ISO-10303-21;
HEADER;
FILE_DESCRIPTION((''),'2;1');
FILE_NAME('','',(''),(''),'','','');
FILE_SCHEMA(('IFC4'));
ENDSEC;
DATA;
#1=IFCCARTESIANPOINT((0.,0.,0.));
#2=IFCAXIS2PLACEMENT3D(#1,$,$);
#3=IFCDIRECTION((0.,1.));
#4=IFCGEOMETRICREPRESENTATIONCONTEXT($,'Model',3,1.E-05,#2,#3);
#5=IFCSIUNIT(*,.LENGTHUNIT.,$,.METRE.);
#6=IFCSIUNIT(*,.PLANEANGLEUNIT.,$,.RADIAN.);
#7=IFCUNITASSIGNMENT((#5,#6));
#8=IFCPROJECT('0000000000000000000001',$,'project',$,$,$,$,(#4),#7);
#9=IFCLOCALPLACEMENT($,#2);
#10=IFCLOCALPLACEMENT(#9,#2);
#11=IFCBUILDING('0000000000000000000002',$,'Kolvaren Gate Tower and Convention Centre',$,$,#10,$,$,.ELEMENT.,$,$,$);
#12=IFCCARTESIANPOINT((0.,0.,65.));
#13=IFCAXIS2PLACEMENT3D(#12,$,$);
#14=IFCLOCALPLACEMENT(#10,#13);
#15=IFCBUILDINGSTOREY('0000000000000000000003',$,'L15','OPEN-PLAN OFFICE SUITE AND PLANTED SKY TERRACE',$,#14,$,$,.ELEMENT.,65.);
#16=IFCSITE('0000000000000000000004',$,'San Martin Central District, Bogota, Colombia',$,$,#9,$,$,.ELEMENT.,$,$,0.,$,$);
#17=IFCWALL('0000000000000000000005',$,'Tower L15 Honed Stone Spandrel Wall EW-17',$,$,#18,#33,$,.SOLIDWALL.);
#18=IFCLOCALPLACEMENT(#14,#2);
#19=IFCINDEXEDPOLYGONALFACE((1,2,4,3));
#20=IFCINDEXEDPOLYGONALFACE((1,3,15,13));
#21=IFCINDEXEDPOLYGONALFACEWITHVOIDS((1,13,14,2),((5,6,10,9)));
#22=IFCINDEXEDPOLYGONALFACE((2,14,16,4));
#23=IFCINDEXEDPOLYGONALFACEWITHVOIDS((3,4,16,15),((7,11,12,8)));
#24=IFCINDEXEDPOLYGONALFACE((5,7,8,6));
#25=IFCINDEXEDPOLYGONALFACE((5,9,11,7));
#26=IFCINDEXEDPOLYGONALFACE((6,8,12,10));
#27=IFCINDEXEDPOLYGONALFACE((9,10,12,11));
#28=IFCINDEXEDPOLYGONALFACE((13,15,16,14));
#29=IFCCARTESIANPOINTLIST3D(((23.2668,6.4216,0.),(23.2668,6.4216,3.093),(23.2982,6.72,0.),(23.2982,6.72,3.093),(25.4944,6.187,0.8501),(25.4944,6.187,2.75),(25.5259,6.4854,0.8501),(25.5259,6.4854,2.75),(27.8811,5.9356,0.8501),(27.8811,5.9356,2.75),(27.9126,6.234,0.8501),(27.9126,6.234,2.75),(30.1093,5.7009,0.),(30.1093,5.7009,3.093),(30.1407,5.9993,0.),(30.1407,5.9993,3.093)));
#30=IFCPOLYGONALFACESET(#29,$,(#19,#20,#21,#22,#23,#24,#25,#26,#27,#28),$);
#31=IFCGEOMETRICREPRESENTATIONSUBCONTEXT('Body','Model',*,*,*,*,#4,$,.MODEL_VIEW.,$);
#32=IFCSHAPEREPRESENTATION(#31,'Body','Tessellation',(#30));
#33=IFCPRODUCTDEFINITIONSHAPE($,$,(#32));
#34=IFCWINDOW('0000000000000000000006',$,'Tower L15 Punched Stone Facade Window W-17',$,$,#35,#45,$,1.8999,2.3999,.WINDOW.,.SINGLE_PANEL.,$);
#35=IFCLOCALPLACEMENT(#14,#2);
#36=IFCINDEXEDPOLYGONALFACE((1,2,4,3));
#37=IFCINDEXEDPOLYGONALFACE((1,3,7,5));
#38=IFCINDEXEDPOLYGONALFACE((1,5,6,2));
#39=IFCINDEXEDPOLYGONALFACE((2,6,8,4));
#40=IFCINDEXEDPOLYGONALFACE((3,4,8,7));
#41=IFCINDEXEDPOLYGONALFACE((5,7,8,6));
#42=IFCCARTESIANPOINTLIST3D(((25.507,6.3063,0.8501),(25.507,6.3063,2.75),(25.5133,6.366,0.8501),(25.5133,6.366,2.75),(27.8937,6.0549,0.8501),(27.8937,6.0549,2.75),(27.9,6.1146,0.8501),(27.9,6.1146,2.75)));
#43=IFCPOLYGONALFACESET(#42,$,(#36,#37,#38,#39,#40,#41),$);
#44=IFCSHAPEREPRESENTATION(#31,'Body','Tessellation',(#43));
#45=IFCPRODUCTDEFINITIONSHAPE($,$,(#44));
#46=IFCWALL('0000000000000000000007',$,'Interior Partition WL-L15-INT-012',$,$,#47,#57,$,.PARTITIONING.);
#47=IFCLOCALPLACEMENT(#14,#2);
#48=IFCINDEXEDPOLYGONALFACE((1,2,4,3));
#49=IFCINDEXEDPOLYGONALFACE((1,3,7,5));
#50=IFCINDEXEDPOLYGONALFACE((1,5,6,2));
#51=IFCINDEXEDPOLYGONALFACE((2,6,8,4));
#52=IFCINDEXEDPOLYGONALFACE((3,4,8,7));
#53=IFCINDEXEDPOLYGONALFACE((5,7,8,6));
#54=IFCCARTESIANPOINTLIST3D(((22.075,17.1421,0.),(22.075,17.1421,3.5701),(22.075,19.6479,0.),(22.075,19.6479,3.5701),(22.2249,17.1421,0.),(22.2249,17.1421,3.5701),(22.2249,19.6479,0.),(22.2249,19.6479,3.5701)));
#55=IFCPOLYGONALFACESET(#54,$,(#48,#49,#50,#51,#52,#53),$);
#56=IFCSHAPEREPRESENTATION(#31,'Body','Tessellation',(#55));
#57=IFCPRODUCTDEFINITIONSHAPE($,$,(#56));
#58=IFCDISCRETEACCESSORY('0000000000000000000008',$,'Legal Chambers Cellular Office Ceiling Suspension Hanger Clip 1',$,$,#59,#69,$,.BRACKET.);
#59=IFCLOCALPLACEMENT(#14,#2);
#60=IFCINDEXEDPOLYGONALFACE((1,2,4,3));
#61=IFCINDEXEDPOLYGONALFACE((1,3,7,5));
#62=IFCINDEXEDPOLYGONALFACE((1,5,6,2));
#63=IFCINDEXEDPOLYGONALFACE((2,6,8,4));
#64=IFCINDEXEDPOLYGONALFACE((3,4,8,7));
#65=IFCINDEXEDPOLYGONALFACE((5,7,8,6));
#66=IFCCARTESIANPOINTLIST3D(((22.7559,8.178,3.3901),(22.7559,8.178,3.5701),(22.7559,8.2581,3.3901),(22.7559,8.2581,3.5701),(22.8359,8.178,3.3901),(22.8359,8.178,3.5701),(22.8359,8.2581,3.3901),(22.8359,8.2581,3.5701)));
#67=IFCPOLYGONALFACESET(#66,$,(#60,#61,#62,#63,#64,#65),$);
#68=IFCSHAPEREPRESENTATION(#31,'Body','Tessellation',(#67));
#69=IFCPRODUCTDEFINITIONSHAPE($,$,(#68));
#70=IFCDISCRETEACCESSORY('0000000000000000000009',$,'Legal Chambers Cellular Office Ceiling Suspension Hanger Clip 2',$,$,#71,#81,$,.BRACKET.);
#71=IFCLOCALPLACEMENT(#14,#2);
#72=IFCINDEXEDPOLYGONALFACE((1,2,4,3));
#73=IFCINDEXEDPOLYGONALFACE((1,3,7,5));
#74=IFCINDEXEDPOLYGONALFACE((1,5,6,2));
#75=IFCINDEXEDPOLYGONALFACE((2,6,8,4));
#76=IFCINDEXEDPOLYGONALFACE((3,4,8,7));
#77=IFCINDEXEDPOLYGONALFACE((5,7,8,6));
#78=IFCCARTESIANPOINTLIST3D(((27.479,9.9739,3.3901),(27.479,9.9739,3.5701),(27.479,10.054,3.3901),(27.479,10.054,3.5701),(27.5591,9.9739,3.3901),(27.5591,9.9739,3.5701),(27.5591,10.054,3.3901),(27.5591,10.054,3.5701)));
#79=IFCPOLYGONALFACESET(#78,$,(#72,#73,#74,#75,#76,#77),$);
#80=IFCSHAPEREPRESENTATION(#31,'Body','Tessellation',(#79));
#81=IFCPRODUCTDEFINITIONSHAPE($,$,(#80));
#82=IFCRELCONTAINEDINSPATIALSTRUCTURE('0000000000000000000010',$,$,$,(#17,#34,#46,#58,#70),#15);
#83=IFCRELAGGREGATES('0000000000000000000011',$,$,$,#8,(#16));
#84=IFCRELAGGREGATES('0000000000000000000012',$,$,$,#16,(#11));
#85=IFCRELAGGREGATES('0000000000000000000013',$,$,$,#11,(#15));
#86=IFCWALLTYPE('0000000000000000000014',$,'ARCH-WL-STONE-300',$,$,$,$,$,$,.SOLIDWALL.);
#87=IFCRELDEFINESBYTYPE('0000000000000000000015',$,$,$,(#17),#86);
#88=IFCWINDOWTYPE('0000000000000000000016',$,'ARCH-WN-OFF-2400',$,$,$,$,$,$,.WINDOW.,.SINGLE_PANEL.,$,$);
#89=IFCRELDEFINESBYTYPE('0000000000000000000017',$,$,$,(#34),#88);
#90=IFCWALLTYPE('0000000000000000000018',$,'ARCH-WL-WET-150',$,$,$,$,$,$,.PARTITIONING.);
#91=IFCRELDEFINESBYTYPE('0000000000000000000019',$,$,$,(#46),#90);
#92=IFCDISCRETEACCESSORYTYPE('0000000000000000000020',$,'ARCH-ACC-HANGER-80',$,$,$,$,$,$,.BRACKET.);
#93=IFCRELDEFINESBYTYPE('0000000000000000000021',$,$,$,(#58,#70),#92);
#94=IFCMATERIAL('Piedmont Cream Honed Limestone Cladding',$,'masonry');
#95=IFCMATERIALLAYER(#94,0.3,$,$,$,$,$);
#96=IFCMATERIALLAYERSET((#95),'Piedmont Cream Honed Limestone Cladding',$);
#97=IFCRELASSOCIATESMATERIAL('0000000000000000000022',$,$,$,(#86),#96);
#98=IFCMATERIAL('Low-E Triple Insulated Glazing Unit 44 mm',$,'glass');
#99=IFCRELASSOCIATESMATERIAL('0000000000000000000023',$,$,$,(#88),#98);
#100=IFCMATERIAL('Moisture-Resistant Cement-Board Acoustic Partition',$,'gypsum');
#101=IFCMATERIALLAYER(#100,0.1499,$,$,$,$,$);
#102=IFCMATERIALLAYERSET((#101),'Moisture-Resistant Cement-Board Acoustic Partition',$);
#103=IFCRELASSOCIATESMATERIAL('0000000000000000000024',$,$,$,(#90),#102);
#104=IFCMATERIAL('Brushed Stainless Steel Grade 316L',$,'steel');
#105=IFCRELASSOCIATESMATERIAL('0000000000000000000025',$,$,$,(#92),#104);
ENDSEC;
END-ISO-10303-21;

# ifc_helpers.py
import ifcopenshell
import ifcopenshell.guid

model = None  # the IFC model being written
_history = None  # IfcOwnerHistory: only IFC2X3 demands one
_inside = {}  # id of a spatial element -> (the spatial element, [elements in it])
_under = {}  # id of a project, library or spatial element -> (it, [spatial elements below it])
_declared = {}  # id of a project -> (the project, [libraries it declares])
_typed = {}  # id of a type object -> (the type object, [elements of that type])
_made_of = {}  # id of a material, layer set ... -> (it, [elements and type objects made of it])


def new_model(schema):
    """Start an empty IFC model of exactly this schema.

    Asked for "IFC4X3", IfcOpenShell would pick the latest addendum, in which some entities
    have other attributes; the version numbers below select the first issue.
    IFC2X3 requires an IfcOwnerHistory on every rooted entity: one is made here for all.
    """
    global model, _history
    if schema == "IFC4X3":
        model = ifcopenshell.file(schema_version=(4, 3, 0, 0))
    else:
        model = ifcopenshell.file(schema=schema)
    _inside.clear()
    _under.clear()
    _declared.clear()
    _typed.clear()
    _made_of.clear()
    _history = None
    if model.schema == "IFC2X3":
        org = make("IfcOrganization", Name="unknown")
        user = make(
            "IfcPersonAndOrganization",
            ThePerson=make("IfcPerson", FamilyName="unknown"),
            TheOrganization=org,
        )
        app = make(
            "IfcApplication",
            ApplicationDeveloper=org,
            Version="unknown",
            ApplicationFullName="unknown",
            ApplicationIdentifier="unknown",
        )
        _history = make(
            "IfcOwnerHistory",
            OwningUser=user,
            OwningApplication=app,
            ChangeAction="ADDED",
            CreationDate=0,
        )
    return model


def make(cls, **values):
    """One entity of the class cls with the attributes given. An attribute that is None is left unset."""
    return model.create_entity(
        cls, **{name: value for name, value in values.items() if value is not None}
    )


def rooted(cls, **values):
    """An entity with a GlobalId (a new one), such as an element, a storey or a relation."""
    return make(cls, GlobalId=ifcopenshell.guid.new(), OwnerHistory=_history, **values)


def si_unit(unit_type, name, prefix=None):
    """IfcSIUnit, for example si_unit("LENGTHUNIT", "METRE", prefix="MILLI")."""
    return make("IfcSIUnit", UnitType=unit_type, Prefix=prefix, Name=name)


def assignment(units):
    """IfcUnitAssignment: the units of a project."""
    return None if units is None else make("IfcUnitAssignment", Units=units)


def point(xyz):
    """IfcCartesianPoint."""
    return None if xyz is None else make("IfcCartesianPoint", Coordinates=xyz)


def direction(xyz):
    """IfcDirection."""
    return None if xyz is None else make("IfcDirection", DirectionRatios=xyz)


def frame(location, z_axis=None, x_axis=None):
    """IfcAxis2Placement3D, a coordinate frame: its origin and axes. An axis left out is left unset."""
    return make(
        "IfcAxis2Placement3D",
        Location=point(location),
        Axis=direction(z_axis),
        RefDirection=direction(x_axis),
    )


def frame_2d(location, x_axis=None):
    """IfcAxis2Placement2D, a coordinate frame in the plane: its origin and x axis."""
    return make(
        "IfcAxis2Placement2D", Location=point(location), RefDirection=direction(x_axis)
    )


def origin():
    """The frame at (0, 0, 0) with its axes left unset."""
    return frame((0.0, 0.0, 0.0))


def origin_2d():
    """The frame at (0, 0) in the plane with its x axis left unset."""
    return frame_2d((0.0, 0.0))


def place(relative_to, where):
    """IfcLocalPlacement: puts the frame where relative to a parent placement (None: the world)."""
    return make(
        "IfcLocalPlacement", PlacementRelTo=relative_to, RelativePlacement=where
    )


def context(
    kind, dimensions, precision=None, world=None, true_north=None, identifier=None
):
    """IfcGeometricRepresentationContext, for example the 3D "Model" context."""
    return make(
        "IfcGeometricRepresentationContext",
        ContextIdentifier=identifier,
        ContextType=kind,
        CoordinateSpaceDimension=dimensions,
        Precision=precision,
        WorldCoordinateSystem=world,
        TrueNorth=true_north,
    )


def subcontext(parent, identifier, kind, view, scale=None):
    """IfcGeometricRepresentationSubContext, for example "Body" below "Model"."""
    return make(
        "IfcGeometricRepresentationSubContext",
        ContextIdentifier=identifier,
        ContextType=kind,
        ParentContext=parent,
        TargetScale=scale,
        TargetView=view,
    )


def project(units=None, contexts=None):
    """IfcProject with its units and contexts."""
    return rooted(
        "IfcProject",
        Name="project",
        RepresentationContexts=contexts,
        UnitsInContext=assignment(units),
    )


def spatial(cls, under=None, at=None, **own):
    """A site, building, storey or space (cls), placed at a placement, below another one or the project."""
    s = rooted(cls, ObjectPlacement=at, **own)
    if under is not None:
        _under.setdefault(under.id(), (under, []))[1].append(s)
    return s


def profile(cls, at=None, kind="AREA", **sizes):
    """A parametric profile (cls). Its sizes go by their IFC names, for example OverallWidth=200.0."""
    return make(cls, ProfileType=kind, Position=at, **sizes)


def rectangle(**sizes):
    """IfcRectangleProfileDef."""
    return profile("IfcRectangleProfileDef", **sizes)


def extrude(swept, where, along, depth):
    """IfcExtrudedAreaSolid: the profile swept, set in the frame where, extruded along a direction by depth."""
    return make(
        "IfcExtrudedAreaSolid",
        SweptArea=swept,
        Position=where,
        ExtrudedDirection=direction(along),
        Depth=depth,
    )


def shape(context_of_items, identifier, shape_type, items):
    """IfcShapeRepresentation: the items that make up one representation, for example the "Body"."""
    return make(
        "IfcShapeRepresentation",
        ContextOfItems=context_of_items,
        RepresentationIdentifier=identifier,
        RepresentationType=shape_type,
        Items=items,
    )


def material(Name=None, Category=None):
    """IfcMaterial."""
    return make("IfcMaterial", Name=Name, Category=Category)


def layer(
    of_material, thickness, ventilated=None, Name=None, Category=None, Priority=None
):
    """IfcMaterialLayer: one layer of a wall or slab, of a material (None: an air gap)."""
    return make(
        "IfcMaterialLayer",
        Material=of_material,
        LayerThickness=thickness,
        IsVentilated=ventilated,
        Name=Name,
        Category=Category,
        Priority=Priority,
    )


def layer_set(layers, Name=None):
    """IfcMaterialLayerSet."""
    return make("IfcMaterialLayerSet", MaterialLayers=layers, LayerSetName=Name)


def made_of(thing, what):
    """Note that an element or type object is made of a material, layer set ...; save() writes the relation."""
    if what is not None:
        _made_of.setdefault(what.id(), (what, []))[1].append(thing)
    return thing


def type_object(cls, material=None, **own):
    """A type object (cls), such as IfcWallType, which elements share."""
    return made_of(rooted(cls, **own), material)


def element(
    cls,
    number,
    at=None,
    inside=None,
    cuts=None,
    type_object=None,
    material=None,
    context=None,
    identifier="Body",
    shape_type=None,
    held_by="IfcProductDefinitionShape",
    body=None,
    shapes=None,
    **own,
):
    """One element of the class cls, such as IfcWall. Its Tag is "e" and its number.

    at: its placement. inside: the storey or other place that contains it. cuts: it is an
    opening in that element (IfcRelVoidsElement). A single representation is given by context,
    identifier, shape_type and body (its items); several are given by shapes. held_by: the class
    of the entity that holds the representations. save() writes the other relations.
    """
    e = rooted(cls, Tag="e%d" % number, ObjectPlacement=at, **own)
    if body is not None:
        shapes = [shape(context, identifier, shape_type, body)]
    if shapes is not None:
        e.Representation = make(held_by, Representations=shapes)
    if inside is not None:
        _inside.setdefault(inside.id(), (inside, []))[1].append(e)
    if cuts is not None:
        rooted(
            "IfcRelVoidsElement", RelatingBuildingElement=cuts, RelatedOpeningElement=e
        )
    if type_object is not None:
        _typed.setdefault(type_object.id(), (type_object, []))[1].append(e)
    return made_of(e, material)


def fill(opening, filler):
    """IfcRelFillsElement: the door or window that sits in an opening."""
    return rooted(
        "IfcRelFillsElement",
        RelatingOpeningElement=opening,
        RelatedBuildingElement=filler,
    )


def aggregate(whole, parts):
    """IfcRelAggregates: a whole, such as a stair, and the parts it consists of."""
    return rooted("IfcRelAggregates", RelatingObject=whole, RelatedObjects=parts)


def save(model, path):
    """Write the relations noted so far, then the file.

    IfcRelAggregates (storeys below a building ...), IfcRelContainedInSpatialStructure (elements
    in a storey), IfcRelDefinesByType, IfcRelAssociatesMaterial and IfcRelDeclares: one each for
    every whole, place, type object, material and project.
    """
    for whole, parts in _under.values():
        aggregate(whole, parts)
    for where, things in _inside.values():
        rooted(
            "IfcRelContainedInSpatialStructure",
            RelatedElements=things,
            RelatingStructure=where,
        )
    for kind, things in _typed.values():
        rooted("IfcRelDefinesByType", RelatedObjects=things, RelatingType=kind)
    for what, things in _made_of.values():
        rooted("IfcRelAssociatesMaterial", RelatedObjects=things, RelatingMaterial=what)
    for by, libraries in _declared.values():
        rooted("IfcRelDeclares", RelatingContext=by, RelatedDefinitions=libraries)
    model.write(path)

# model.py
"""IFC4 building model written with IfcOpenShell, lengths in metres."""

from ifc_helpers import new_model, si_unit, direction, frame, frame_2d, origin, origin_2d, place, context, subcontext, project, spatial, rectangle, extrude, material, layer, layer_set, type_object, element, fill, save


model = new_model("IFC4")

# Units and contexts
model_context = context("Model", 3, precision=1e-05, world=origin(), true_north=direction((0.0, 1.0)))
body_context = subcontext(model_context, "Body", "Model", "MODEL_VIEW")
ifc_project = project(units=[si_unit("LENGTHUNIT", "METRE"), si_unit("PLANEANGLEUNIT", "RADIAN")], contexts=[model_context])

# Site, building, storey
site_placement = place(None, origin())
site = spatial("IfcSite", under=ifc_project, at=site_placement, Name="San Martin Central District, Bogota, Colombia", CompositionType="ELEMENT", RefElevation=0.0)
building_placement = place(site_placement, origin())
building = spatial("IfcBuilding", under=site, at=building_placement, Name="Kolvaren Gate Tower and Convention Centre", CompositionType="ELEMENT")
storey_placement = place(building_placement, frame((0.0, 0.0, 65.0)))
storey = spatial("IfcBuildingStorey", under=building, at=storey_placement, Name="L15", Description="OPEN-PLAN OFFICE SUITE AND PLANTED SKY TERRACE", CompositionType="ELEMENT", Elevation=65.0)

# Shared definitions
ifc_material_1 = material(Name="Piedmont Cream Honed Limestone Cladding", Category="masonry")

# Wall, opening, window
ifc_layer_1 = layer(ifc_material_1, 0.3)
ifc_layer_set_1 = layer_set([ifc_layer_1], Name="Piedmont Cream Honed Limestone Cladding")
wall_type_1 = type_object("IfcWallType", Name="ARCH-WL-STONE-300", PredefinedType="SOLIDWALL", material=ifc_layer_set_1)
wall_1_placement = place(storey_placement, frame((23.2825, 6.5708, 0.0), z_axis=(0.0, 0.0, 1.0), x_axis=(0.994499, -0.104748, 0.0)))
wall_1 = element("IfcWall", 1, at=wall_1_placement, inside=storey, type_object=wall_type_1, Name="Tower L15 Honed Stone Spandrel Wall EW-17", PredefinedType="SOLIDWALL", context=body_context, shape_type="SweptSolid", body=[
    extrude(rectangle(XDim=6.8804, YDim=0.3, at=frame_2d((3.4402, 0.0))), origin(), (0.0, 0.0, 1.0), 3.093),
])
opening_1_placement = place(wall_1_placement, frame((2.24, 0.0, 0.8501)))
opening_1 = element("IfcOpeningElement", 2, at=opening_1_placement, cuts=wall_1, PredefinedType="OPENING", context=body_context, shape_type="SweptSolid", body=[
    extrude(rectangle(XDim=2.3999, YDim=1.8999, at=frame_2d((1.2, 0.95))), frame((0.0, 0.1599, 0.0), z_axis=(0.0, -1.0, 0.0), x_axis=(1.0, 0.0, 0.0)), (0.0, 0.0, 1.0), 0.3201),
])
ifc_material_2 = material(Name="Low-E Triple Insulated Glazing Unit 44 mm", Category="glass")
window_type = type_object("IfcWindowType", Name="ARCH-WN-OFF-2400", PartitioningType="SINGLE_PANEL", PredefinedType="WINDOW", material=ifc_material_2)
window_placement = place(opening_1_placement, origin())
window = element("IfcWindow", 3, at=window_placement, inside=storey, type_object=window_type, Name="Tower L15 Punched Stone Facade Window W-17", OverallHeight=1.8999, OverallWidth=2.3999, PartitioningType="SINGLE_PANEL", PredefinedType="WINDOW", context=body_context, shape_type="SweptSolid", body=[
    extrude(rectangle(XDim=2.3999, YDim=1.8999, at=frame_2d((1.2, 0.95))), frame((0.0, 0.03, 0.0), z_axis=(0.0, -1.0, 0.0), x_axis=(1.0, 0.0, 0.0)), (0.0, 0.0, 1.0), 0.0601),
])
fill(opening_1, window)

# Wall
ifc_material_3 = material(Name="Moisture-Resistant Cement-Board Acoustic Partition", Category="gypsum")
ifc_layer_2 = layer(ifc_material_3, 0.1499)
ifc_layer_set_2 = layer_set([ifc_layer_2], Name="Moisture-Resistant Cement-Board Acoustic Partition")
wall_type_2 = type_object("IfcWallType", Name="ARCH-WL-WET-150", PredefinedType="PARTITIONING", material=ifc_layer_set_2)
wall_2_placement = place(storey_placement, frame((22.1499, 17.1421, 0.0), z_axis=(0.0, 0.0, 1.0), x_axis=(0.0, 1.0, 0.0)))
element("IfcWall", 4, at=wall_2_placement, inside=storey, type_object=wall_type_2, Name="Interior Partition WL-L15-INT-012", PredefinedType="PARTITIONING", context=body_context, shape_type="SweptSolid", body=[
    extrude(rectangle(XDim=2.5059, YDim=0.1499, at=frame_2d((1.2529, 0.0))), origin(), (0.0, 0.0, 1.0), 3.5701),
])

# Shared definitions
ifc_material_4 = material(Name="Brushed Stainless Steel Grade 316L", Category="steel")

# Discrete accessories
discrete_accessory_type = type_object("IfcDiscreteAccessoryType", Name="ARCH-ACC-HANGER-80", PredefinedType="BRACKET", material=ifc_material_4)
for number, where, z_axis, x_axis, name in (
    (5, (22.7959, 8.218, 3.3901), (0.0, 0.0, 1.0), (1.0, 0.0, 0.0), "Legal Chambers Cellular Office Ceiling Suspension Hanger Clip 1"),
    (6, (27.519, 10.0139, 3.3901), (0.0, 0.0, 1.0), (1.0, 0.0, 0.0), "Legal Chambers Cellular Office Ceiling Suspension Hanger Clip 2"),
):
    element("IfcDiscreteAccessory", number, at=place(storey_placement, frame(where, z_axis=z_axis, x_axis=x_axis)), inside=storey, type_object=discrete_accessory_type, Name=name, PredefinedType="BRACKET", context=body_context, shape_type="SweptSolid", body=[
        extrude(rectangle(XDim=0.0801, YDim=0.0801, at=origin_2d()), origin(), (0.0, 0.0, 1.0), 0.1799),
    ])

save(model, "model.ifc")
